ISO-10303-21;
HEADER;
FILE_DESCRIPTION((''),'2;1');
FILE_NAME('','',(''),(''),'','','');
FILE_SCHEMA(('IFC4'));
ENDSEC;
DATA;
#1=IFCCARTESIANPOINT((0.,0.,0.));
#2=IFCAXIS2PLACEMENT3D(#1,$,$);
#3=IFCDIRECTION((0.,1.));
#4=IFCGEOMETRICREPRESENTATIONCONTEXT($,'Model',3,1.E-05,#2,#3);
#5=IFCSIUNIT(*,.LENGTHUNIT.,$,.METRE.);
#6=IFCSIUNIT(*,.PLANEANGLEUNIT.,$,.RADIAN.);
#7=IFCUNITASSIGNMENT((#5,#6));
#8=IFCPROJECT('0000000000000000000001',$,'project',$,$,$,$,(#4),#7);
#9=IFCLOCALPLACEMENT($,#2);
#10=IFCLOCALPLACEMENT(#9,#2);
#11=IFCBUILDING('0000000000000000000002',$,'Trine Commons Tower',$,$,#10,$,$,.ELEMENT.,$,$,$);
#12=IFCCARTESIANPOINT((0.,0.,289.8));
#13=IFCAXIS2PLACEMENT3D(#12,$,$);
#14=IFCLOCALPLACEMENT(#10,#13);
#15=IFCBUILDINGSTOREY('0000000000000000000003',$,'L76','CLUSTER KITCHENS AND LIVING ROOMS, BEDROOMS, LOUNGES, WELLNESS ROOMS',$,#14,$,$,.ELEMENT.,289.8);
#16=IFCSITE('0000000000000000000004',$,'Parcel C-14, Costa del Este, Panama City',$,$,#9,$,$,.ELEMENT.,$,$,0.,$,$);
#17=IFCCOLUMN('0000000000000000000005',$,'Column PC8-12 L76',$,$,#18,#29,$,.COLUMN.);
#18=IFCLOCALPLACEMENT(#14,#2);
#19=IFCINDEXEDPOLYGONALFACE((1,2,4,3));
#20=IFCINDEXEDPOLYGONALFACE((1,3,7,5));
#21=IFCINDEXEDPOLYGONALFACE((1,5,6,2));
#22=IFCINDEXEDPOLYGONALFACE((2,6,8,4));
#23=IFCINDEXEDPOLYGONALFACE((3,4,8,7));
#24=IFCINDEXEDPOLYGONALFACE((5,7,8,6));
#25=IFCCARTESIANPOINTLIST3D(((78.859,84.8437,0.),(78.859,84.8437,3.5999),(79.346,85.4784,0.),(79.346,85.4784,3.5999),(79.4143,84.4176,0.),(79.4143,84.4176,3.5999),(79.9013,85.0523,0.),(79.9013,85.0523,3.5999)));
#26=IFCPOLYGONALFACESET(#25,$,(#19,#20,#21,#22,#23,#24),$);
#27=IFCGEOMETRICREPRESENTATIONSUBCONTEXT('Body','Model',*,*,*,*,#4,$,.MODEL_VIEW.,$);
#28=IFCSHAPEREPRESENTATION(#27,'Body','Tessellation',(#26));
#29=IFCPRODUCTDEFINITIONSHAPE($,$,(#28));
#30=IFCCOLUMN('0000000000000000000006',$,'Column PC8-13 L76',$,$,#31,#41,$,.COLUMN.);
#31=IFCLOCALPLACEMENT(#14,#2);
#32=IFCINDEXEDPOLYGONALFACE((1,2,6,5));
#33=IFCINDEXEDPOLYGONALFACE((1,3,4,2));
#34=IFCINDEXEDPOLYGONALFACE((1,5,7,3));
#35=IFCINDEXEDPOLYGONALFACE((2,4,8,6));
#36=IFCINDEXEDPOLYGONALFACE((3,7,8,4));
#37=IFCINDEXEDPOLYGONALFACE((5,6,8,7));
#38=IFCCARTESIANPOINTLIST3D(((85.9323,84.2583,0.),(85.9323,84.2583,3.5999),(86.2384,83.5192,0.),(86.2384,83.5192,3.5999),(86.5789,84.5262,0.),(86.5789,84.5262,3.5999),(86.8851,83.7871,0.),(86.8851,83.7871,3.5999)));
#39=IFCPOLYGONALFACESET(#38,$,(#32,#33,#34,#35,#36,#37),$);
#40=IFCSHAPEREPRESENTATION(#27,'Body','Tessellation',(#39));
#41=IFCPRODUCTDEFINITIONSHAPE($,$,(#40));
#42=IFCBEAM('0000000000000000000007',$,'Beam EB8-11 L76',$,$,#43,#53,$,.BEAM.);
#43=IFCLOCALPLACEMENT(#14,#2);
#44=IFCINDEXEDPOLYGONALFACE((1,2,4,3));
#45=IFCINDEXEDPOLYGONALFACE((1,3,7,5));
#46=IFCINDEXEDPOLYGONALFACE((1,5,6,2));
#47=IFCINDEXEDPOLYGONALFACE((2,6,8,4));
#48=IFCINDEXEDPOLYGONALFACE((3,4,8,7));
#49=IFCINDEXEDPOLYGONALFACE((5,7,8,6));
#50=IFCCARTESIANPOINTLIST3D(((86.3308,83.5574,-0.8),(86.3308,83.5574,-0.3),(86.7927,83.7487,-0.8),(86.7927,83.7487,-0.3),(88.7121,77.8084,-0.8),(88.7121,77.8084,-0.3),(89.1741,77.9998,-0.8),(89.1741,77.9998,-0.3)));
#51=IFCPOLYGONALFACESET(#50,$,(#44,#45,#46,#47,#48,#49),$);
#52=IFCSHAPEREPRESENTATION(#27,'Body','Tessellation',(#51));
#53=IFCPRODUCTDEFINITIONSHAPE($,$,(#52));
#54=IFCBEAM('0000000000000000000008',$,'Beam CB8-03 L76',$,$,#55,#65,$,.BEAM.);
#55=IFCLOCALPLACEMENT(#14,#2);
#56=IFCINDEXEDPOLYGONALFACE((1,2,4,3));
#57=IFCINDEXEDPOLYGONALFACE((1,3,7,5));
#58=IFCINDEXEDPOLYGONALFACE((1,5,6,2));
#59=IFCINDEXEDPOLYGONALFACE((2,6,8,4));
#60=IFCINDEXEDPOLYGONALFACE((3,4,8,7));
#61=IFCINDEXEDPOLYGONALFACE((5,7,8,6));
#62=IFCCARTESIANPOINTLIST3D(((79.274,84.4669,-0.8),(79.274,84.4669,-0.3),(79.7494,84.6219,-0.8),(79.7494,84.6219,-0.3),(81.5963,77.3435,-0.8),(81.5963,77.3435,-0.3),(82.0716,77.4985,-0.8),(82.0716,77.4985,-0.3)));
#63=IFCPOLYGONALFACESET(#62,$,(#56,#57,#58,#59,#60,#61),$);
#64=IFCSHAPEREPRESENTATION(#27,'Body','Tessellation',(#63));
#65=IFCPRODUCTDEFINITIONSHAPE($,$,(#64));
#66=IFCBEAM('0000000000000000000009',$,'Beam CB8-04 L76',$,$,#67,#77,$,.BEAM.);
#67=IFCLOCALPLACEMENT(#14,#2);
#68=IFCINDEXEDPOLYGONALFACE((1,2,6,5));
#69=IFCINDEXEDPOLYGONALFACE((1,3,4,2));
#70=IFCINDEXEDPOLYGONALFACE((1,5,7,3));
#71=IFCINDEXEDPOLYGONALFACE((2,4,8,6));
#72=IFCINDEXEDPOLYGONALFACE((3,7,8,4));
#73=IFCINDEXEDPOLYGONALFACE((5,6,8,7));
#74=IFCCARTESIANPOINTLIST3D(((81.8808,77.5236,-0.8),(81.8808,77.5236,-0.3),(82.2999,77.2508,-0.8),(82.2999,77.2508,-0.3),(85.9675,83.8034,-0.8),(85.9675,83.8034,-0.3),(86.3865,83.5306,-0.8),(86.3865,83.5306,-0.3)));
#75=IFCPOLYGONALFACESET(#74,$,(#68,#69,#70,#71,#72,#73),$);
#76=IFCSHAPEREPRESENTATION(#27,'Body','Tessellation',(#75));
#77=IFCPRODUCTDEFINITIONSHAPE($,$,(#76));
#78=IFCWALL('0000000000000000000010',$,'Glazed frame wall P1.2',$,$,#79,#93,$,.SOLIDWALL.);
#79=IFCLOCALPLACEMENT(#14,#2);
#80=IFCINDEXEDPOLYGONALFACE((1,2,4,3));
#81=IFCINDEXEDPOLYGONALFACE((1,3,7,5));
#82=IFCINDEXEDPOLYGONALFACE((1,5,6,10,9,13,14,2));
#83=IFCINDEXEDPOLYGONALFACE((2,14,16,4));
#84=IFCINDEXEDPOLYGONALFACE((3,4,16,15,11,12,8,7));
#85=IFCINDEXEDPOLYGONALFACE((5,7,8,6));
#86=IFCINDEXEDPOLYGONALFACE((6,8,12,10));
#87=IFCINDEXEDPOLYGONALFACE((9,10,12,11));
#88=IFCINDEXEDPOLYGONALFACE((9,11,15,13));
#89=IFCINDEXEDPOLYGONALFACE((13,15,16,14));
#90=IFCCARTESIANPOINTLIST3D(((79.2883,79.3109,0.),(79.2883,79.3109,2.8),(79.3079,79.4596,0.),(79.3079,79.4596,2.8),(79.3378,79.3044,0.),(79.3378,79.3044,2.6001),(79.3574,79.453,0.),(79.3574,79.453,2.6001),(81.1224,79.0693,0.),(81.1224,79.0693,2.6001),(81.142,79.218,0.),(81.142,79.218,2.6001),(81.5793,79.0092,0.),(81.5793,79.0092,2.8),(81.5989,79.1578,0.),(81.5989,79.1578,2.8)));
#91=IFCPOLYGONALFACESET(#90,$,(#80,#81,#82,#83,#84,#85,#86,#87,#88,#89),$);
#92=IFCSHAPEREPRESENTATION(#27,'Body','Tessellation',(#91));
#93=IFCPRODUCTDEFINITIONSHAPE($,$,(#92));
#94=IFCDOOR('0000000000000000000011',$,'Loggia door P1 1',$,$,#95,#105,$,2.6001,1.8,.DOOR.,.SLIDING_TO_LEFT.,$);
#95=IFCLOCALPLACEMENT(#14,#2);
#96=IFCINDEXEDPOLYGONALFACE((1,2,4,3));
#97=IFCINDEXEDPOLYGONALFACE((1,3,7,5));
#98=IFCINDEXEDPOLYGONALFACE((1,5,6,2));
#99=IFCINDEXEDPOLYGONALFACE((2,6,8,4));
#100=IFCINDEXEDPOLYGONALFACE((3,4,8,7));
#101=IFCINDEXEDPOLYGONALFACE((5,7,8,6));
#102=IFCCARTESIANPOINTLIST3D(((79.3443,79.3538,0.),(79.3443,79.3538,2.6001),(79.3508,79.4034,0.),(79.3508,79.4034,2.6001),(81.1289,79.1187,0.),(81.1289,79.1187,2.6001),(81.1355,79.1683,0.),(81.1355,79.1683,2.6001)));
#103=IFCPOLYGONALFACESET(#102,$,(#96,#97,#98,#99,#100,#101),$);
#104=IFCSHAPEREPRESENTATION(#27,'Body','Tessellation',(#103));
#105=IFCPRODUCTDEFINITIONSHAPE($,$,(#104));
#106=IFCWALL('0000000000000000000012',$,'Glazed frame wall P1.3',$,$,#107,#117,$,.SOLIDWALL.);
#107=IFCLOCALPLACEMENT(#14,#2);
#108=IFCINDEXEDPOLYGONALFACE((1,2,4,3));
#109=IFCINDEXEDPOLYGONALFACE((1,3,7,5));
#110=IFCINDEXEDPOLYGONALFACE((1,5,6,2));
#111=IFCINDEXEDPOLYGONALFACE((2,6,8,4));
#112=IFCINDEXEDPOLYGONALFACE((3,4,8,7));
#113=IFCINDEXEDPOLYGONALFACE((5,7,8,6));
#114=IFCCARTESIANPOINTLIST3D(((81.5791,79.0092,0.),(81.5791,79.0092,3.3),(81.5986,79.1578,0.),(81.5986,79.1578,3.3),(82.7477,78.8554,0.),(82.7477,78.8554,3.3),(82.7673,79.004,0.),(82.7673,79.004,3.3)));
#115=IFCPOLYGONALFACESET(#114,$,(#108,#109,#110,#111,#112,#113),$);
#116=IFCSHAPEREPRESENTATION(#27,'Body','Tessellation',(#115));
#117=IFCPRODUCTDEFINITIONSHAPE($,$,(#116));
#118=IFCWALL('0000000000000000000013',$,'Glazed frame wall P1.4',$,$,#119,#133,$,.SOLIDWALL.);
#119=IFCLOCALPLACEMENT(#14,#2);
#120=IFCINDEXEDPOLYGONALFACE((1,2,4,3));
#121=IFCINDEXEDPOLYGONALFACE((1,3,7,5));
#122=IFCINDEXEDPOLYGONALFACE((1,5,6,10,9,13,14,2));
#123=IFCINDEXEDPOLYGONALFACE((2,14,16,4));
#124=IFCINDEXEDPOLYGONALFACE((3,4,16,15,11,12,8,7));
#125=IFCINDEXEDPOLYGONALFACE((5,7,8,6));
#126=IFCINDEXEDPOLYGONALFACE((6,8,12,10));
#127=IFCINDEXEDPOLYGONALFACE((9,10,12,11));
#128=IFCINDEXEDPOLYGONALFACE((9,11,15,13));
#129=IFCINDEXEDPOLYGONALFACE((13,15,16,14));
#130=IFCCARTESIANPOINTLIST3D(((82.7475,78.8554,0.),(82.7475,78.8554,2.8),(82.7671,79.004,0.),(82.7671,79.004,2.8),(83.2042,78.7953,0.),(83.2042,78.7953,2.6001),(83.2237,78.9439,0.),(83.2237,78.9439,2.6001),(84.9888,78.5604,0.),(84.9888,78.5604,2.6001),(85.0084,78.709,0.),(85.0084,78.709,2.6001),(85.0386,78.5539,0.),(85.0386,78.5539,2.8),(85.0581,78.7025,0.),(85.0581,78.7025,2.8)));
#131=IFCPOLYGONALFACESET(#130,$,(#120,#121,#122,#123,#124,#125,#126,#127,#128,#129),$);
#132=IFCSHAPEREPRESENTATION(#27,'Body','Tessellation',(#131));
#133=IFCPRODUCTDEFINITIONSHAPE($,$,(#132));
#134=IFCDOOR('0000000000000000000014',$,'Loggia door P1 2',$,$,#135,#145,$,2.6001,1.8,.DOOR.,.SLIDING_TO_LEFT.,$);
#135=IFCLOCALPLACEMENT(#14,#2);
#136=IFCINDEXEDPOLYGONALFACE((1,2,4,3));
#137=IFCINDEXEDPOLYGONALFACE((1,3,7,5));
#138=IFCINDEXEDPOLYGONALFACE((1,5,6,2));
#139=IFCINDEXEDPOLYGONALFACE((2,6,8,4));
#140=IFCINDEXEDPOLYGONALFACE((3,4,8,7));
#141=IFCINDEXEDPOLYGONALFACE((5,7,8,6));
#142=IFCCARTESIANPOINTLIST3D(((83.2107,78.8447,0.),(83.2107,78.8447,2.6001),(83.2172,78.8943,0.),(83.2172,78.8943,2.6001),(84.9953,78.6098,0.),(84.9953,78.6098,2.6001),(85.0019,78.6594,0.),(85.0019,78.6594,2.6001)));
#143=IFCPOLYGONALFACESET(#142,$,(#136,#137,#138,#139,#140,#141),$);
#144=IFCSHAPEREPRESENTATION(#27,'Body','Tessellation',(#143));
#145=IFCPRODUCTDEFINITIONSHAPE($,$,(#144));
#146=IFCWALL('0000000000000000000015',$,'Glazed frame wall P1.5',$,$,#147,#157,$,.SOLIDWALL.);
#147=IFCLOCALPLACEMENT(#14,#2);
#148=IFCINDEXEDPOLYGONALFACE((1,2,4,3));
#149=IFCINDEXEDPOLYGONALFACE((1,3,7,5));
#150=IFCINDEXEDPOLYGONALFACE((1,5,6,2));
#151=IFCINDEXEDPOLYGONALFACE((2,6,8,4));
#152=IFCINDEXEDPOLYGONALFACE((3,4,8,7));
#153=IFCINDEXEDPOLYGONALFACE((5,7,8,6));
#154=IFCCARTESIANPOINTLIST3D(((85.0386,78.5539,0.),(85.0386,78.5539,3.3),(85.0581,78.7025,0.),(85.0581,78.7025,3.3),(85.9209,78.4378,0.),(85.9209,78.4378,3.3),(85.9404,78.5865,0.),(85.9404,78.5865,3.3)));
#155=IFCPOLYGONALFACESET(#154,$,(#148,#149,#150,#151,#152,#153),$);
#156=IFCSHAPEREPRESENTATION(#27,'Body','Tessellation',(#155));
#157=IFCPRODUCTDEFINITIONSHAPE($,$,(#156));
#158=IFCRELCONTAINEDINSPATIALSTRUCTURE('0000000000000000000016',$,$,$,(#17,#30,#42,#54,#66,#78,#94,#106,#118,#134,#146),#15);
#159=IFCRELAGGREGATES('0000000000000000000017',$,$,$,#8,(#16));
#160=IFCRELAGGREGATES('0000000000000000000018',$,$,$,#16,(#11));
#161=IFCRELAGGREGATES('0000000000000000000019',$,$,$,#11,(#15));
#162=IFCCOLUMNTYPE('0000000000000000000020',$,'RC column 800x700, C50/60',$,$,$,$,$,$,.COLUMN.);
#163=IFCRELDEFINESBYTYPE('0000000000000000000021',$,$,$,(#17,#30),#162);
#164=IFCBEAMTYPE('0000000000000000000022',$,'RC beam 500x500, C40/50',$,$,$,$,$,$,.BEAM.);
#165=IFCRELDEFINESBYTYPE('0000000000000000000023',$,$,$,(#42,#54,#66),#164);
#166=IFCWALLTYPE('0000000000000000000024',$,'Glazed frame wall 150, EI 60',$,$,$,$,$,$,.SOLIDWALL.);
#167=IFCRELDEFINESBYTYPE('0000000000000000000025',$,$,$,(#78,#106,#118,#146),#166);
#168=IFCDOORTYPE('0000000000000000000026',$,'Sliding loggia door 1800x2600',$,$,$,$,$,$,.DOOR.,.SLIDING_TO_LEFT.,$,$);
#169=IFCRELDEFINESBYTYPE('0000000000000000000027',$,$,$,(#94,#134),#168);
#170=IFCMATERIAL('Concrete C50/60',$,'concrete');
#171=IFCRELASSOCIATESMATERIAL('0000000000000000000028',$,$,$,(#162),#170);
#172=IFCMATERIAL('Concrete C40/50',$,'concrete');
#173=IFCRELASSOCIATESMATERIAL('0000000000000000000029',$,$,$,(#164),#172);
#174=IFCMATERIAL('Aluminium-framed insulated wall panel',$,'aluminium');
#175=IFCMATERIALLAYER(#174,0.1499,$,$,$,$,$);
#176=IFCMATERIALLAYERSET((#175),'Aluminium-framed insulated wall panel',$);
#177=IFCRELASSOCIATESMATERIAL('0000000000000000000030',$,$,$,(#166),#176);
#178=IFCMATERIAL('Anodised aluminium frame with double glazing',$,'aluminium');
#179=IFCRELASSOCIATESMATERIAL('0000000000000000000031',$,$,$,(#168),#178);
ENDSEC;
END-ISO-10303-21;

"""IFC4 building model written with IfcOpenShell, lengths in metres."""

from ifc_helpers import new_model, si_unit, direction, frame, frame_2d, origin, origin_2d, place, context, subcontext, project, spatial, polyline, rectangle, outline, extrude, material, layer, layer_set, material_profile, profile_set, type_object, element, fill, save


model = new_model("IFC4")

# Units and contexts
model_context = context("Model", 3, precision=1e-05, world=origin(), true_north=direction((0.0, 1.0)))
body_context = subcontext(model_context, "Body", "Model", "MODEL_VIEW")
ifc_project = project(units=[si_unit("LENGTHUNIT", "METRE"), si_unit("PLANEANGLEUNIT", "RADIAN")], contexts=[model_context])

# Site, building, storey
site_placement = place(None, origin())
site = spatial("IfcSite", under=ifc_project, at=site_placement, Name="Parcel C-14, Costa del Este, Panama City", CompositionType="ELEMENT", RefElevation=0.0)
building_placement = place(site_placement, origin())
building = spatial("IfcBuilding", under=site, at=building_placement, Name="Trine Commons Tower", CompositionType="ELEMENT")
storey_placement = place(building_placement, frame((0.0, 0.0, 289.8)))
storey = spatial("IfcBuildingStorey", under=building, at=storey_placement, Name="L76", Description="CLUSTER KITCHENS AND LIVING ROOMS, BEDROOMS, LOUNGES, WELLNESS ROOMS", CompositionType="ELEMENT", Elevation=289.8)

# Columns
ifc_material_1 = material(Name="Concrete C50/60", Category="concrete")
ifc_material_profile_1 = material_profile(ifc_material_1, rectangle(XDim=0.8, YDim=0.7, at=origin_2d()), Name="RC 800x700")
ifc_profile_set_1 = profile_set([ifc_material_profile_1], Name="Concrete C50/60")
column_type = type_object("IfcColumnType", Name="RC column 800x700, C50/60", PredefinedType="COLUMN", material=ifc_profile_set_1)
for number, where, z_axis, x_axis, name in (
    (1, (79.3801, 84.948, 0.0), (0.0, 0.0, 1.0), (0.608761, 0.793353, 0.0), "Column PC8-12 L76"),
    (2, (86.4087, 84.0227, 0.0), (0.0, 0.0, 1.0), (-0.382683, 0.92388, 0.0), "Column PC8-13 L76"),
):
    element("IfcColumn", number, at=place(storey_placement, frame(where, z_axis=z_axis, x_axis=x_axis)), inside=storey, type_object=column_type, Name=name, PredefinedType="COLUMN", context=body_context, shape_type="SweptSolid", body=[
        extrude(rectangle(XDim=0.8, YDim=0.7, at=origin_2d()), origin(), (0.0, 0.0, 1.0), 3.5999),
    ])

# Beams
ifc_material_2 = material(Name="Concrete C40/50", Category="concrete")
ifc_material_profile_2 = material_profile(ifc_material_2, rectangle(XDim=0.5, YDim=0.5, at=origin_2d()), Name="RC 500x500")
ifc_profile_set_2 = profile_set([ifc_material_profile_2], Name="Concrete C40/50")
beam_type = type_object("IfcBeamType", Name="RC beam 500x500, C40/50", PredefinedType="BEAM", material=ifc_profile_set_2)
beam_placement = place(storey_placement, frame((86.5618, 83.6531, -0.55), z_axis=(0.382687, -0.923878, 0.0), x_axis=(0.923878, 0.382687, 0.0)))
element("IfcBeam", 3, at=beam_placement, inside=storey, type_object=beam_type, Name="Beam EB8-11 L76", PredefinedType="BEAM", context=body_context, shape_type="SweptSolid", body=[
    extrude(rectangle(XDim=0.5, YDim=0.5, at=origin_2d()), origin(), (0.0, 0.0, 1.0), 6.2227),
])
for number, where, z_axis, x_axis, name in (
    (4, (79.5117, 84.5444, -0.55), (0.309945, -0.950754, 0.0), (0.950754, 0.309945, 0.0), "Beam CB8-03 L76"),
    (5, (86.177, 83.667, -0.55), (-0.54544, -0.83815, 0.0), (0.83815, -0.54544, 0.0), "Beam CB8-04 L76"),
):
    element("IfcBeam", number, at=place(storey_placement, frame(where, z_axis=z_axis, x_axis=x_axis)), inside=storey, type_object=beam_type, Name=name, PredefinedType="BEAM", context=body_context, shape_type="SweptSolid", body=[
        extrude(rectangle(XDim=0.5, YDim=0.5, at=origin_2d()), origin(), (0.0, 0.0, 1.0), 7.4924),
    ])

# Wall, opening, door
ifc_material_3 = material(Name="Aluminium-framed insulated wall panel", Category="aluminium")
ifc_layer_1 = layer(ifc_material_3, 0.1499)
ifc_layer_set_1 = layer_set([ifc_layer_1], Name="Aluminium-framed insulated wall panel")
wall_type_1 = type_object("IfcWallType", Name="Glazed frame wall 150, EI 60", PredefinedType="SOLIDWALL", material=ifc_layer_set_1)
wall_1_placement = place(storey_placement, frame((79.2981, 79.3853, 0.0), z_axis=(0.0, 0.0, 1.0), x_axis=(0.991435, -0.130599, 0.0)))
wall_1 = element("IfcWall", 6, at=wall_1_placement, inside=storey, type_object=wall_type_1, Name="Glazed frame wall P1.2", PredefinedType="SOLIDWALL", context=body_context, shape_type="SweptSolid", body=[
    extrude(outline(polyline([(0.0, -0.075), (2.3108, -0.075), (2.3108, 0.075), (0.0, 0.075), (0.0, -0.075)])), origin(), (0.0, 0.0, 1.0), 2.8),
])
opening_1_placement = place(wall_1_placement, frame((0.05, 0.0, 0.0)))
opening_1 = element("IfcOpeningElement", 7, at=opening_1_placement, cuts=wall_1, PredefinedType="OPENING", context=body_context, shape_type="SweptSolid", body=[
    extrude(rectangle(XDim=1.8, YDim=2.6001, at=frame_2d((0.8999, 1.3))), frame((0.0, 0.085, 0.0), z_axis=(0.0, -1.0, 0.0), x_axis=(1.0, 0.0, 0.0)), (0.0, 0.0, 1.0), 0.1699),
])
ifc_material_4 = material(Name="Anodised aluminium frame with double glazing", Category="aluminium")
door_type = type_object("IfcDoorType", Name="Sliding loggia door 1800x2600", OperationType="SLIDING_TO_LEFT", PredefinedType="DOOR", material=ifc_material_4)
door_1_placement = place(opening_1_placement, origin())
door_1 = element("IfcDoor", 8, at=door_1_placement, inside=storey, type_object=door_type, Name="Loggia door P1 1", OperationType="SLIDING_TO_LEFT", OverallHeight=2.6001, OverallWidth=1.8, PredefinedType="DOOR", context=body_context, shape_type="SweptSolid", body=[
    extrude(rectangle(XDim=1.8, YDim=2.6001, at=frame_2d((0.8999, 1.3))), frame((0.0, 0.0249, 0.0), z_axis=(0.0, -1.0, 0.0), x_axis=(1.0, 0.0, 0.0)), (0.0, 0.0, 1.0), 0.05),
])
fill(opening_1, door_1)

# Wall
wall_2_placement = place(storey_placement, frame((81.5889, 79.0835, 0.0), z_axis=(0.0, 0.0, 1.0), x_axis=(0.991447, -0.130508, 0.0)))
element("IfcWall", 9, at=wall_2_placement, inside=storey, type_object=wall_type_1, Name="Glazed frame wall P1.3", PredefinedType="SOLIDWALL", context=body_context, shape_type="SweptSolid", body=[
    extrude(outline(polyline([(0.0, -0.075), (1.1787, -0.075), (1.1787, 0.075), (0.0, 0.075), (0.0, -0.075)])), origin(), (0.0, 0.0, 1.0), 3.3),
])

# Wall, opening, door
wall_3_placement = place(storey_placement, frame((82.7573, 78.9297, 0.0), z_axis=(0.0, 0.0, 1.0), x_axis=(0.991451, -0.130482, 0.0)))
wall_3 = element("IfcWall", 10, at=wall_3_placement, inside=storey, type_object=wall_type_1, Name="Glazed frame wall P1.4", PredefinedType="SOLIDWALL", context=body_context, shape_type="SweptSolid", body=[
    extrude(outline(polyline([(0.0, -0.075), (2.3108, -0.075), (2.3108, 0.075), (0.0, 0.075), (0.0, -0.075)])), origin(), (0.0, 0.0, 1.0), 2.8),
])
opening_2_placement = place(wall_3_placement, frame((0.4607, 0.0, 0.0)))
opening_2 = element("IfcOpeningElement", 11, at=opening_2_placement, cuts=wall_3, PredefinedType="OPENING", context=body_context, shape_type="SweptSolid", body=[
    extrude(rectangle(XDim=1.8, YDim=2.6001, at=frame_2d((0.8999, 1.3))), frame((0.0, 0.085, 0.0), z_axis=(0.0, -1.0, 0.0), x_axis=(1.0, 0.0, 0.0)), (0.0, 0.0, 1.0), 0.1699),
])
door_2_placement = place(opening_2_placement, origin())
door_2 = element("IfcDoor", 12, at=door_2_placement, inside=storey, type_object=door_type, Name="Loggia door P1 2", OperationType="SLIDING_TO_LEFT", OverallHeight=2.6001, OverallWidth=1.8, PredefinedType="DOOR", context=body_context, shape_type="SweptSolid", body=[
    extrude(rectangle(XDim=1.8, YDim=2.6001, at=frame_2d((0.8999, 1.3))), frame((0.0, 0.0249, 0.0), z_axis=(0.0, -1.0, 0.0), x_axis=(1.0, 0.0, 0.0)), (0.0, 0.0, 1.0), 0.05),
])
fill(opening_2, door_2)

# Wall
wall_4_placement = place(storey_placement, frame((85.0483, 78.6282, 0.0), z_axis=(0.0, 0.0, 1.0), x_axis=(0.991465, -0.130372, 0.0)))
element("IfcWall", 13, at=wall_4_placement, inside=storey, type_object=wall_type_1, Name="Glazed frame wall P1.5", PredefinedType="SOLIDWALL", context=body_context, shape_type="SweptSolid", body=[
    extrude(outline(polyline([(0.8899, 0.075), (0.0, 0.075), (0.0, -0.075), (0.8899, -0.075), (0.8899, 0.075)])), origin(), (0.0, 0.0, 1.0), 3.3),
])

save(model, "model.ifc")
